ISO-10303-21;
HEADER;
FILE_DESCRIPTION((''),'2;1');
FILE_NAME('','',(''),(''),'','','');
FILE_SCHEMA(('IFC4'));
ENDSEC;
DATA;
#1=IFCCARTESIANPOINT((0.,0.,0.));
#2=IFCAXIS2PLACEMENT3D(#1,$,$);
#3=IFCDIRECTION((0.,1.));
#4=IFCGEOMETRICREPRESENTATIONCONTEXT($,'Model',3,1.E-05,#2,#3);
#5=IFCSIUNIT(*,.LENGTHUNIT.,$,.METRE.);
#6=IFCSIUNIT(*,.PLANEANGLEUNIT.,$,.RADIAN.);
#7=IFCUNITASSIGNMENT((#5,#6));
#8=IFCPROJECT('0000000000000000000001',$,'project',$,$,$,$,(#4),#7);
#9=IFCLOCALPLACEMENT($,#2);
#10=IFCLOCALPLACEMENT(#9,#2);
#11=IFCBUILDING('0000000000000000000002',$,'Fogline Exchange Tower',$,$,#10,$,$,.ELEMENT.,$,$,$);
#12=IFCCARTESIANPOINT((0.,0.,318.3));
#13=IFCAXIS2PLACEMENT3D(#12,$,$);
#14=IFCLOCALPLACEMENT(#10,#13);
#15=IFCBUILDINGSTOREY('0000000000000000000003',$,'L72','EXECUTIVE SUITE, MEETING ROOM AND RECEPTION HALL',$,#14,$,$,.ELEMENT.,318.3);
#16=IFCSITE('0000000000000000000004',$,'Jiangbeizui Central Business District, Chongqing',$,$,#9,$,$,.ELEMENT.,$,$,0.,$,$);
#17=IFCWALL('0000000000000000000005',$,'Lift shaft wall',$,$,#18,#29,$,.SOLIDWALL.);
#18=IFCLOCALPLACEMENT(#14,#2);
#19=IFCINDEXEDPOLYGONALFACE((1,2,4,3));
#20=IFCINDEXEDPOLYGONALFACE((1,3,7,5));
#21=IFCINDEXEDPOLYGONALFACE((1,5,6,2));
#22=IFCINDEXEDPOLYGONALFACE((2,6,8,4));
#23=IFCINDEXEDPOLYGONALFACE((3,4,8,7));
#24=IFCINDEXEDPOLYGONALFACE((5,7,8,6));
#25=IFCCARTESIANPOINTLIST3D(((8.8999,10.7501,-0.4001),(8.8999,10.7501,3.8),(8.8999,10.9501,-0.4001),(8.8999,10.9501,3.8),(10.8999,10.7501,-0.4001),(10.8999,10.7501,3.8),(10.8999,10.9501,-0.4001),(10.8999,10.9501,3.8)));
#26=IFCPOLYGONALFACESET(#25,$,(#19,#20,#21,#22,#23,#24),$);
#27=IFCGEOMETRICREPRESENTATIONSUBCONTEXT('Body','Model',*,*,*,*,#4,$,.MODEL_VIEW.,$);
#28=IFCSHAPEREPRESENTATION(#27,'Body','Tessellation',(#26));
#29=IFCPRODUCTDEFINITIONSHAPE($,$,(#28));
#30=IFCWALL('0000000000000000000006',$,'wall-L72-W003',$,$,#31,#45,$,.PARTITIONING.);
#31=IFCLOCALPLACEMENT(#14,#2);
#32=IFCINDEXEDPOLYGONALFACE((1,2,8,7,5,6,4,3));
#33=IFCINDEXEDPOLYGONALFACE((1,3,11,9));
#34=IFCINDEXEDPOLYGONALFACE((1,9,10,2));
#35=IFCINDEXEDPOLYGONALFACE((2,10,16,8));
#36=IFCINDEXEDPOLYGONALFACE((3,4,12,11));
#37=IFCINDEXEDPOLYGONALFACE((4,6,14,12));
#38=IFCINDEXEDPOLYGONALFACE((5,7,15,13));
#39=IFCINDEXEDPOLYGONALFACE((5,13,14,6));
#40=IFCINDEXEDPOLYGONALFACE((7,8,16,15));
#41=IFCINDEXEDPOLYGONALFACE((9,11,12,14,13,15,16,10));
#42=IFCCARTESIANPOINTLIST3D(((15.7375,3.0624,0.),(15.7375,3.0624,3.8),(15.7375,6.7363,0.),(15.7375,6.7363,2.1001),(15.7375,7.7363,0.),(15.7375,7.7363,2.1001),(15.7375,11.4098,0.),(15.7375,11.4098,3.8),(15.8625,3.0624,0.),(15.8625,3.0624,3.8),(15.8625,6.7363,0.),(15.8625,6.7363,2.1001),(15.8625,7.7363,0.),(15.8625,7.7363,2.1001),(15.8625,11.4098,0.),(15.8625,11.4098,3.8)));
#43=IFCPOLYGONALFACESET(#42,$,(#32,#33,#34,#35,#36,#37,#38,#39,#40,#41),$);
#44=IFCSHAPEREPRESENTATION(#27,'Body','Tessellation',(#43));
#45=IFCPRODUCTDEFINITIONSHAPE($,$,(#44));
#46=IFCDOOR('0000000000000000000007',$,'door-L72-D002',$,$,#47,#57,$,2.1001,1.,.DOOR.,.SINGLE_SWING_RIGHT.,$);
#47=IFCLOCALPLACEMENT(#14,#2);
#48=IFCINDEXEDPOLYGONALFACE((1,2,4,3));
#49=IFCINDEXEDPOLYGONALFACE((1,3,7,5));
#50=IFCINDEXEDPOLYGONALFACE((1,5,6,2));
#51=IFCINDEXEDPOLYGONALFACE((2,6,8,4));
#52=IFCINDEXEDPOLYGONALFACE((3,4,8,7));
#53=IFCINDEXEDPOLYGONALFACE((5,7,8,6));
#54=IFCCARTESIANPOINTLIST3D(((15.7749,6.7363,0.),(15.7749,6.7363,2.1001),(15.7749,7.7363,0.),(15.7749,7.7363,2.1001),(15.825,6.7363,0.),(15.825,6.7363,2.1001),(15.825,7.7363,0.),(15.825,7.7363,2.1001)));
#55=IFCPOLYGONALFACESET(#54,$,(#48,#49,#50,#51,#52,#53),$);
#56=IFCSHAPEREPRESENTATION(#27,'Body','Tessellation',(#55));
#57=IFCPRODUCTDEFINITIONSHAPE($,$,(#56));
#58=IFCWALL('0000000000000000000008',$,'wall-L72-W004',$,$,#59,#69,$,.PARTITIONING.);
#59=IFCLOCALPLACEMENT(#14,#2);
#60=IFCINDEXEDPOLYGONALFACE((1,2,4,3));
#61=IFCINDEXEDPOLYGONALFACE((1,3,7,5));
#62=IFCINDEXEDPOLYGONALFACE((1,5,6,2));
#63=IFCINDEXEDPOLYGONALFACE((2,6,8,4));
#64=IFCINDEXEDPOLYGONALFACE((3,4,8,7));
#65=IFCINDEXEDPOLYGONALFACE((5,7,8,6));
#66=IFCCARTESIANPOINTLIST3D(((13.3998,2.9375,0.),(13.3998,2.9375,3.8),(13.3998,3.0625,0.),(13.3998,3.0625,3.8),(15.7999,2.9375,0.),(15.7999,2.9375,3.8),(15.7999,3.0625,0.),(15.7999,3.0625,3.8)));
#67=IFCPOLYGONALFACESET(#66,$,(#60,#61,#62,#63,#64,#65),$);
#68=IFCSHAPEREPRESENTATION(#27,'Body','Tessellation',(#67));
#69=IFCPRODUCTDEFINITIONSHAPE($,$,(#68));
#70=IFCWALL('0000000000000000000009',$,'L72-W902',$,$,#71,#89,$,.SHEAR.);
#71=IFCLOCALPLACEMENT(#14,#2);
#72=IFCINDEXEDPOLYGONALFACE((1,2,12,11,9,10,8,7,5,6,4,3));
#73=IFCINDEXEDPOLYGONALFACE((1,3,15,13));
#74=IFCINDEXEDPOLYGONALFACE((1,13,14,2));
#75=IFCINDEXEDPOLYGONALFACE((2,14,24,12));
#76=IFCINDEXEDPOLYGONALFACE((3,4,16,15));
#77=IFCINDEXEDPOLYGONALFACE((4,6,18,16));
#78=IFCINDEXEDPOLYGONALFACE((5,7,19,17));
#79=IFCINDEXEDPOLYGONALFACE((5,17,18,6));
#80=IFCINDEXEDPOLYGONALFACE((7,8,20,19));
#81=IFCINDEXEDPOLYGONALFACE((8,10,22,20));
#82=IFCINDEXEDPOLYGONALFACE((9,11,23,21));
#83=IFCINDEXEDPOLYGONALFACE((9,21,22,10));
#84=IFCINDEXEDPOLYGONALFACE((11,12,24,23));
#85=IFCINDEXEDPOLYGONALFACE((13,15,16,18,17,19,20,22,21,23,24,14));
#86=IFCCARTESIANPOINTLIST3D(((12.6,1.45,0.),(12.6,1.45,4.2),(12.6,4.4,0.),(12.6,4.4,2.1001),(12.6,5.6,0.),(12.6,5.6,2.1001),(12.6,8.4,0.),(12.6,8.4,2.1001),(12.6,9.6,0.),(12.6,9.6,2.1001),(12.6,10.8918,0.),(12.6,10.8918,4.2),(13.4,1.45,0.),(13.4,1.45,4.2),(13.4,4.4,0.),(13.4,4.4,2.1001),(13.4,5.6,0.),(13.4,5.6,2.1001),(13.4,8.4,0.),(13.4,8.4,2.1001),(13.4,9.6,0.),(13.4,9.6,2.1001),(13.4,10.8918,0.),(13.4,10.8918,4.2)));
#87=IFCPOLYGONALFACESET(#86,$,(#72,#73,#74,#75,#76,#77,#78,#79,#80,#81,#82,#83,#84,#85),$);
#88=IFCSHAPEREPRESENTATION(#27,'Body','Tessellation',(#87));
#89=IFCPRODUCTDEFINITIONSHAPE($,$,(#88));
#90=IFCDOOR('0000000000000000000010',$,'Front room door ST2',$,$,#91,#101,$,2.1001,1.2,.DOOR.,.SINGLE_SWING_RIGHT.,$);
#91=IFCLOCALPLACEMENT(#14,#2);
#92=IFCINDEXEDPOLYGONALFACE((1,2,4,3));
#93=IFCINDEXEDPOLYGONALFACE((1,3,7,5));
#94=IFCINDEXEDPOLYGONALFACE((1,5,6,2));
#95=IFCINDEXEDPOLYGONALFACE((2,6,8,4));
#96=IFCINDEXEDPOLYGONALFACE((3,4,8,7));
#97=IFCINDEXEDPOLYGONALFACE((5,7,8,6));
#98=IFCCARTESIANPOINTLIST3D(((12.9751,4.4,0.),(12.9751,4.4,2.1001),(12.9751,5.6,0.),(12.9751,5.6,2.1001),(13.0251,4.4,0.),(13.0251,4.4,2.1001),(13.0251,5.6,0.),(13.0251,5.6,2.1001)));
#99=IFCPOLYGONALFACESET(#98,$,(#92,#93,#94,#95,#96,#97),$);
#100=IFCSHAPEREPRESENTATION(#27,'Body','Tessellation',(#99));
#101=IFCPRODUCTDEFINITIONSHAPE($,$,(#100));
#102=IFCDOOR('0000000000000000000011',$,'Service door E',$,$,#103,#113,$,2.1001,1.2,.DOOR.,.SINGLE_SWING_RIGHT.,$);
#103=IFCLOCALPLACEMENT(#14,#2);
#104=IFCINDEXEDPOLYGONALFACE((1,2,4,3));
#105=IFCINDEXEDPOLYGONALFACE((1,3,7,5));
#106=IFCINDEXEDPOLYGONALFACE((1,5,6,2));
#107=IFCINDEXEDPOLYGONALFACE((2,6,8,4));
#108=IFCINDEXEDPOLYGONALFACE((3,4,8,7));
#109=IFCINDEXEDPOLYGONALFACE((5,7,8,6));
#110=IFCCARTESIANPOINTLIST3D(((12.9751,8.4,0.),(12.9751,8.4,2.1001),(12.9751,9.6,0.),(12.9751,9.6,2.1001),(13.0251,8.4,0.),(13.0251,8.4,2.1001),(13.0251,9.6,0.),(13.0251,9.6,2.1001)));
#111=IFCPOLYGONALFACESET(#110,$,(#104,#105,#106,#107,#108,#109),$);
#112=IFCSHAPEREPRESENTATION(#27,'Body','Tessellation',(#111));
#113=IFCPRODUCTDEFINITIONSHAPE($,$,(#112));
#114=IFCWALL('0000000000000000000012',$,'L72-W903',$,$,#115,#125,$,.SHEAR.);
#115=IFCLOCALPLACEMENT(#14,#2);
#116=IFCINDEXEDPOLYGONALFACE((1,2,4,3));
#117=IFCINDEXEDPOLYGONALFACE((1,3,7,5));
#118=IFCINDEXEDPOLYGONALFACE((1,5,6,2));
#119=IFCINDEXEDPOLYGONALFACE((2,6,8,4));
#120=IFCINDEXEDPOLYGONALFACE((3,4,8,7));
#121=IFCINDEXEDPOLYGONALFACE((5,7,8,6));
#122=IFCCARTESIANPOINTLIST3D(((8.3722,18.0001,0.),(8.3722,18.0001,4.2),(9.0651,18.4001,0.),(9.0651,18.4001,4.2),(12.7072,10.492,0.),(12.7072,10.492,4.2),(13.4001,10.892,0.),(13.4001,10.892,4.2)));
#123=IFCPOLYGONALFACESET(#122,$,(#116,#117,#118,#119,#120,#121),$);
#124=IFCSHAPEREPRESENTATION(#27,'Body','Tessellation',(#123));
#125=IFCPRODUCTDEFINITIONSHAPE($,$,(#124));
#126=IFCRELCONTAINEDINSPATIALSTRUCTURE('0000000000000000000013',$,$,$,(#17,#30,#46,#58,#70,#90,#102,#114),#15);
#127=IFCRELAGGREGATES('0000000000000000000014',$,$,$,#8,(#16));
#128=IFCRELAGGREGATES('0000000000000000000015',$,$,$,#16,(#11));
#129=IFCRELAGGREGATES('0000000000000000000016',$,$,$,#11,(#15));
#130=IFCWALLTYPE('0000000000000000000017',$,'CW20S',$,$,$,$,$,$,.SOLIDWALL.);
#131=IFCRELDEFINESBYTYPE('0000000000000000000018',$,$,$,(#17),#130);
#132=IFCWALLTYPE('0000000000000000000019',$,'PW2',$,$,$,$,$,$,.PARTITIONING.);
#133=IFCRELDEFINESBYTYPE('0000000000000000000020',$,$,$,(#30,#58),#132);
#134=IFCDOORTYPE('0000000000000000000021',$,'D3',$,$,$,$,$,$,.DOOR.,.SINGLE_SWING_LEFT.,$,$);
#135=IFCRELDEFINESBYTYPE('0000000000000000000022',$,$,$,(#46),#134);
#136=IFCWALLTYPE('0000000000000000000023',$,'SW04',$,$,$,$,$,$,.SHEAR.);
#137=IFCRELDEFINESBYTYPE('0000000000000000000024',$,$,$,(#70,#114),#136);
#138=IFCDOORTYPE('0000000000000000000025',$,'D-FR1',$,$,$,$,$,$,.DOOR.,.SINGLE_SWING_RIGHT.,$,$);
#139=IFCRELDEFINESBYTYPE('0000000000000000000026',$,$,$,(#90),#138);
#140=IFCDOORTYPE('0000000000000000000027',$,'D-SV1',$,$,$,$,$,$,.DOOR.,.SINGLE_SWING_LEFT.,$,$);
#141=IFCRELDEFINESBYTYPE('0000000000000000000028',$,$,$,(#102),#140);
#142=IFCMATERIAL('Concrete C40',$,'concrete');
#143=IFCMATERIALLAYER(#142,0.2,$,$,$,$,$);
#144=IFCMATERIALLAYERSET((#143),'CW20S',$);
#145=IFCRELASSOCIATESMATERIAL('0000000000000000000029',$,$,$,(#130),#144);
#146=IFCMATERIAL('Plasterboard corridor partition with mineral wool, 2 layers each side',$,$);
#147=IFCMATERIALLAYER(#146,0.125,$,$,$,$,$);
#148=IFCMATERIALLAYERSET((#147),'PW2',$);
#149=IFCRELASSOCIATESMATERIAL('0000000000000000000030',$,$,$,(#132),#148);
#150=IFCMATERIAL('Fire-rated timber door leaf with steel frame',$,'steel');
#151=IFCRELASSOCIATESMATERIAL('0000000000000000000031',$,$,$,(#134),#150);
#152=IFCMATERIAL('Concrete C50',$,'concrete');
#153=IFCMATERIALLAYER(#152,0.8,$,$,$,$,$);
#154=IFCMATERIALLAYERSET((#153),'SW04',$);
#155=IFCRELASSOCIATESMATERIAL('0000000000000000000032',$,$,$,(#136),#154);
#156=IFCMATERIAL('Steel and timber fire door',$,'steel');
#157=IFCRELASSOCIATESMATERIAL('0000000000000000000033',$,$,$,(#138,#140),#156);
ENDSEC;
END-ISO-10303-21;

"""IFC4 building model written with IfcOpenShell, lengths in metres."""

from ifc_helpers import new_model, si_unit, direction, frame, frame_2d, origin, place, context, subcontext, project, spatial, rectangle, extrude, material, layer, layer_set, type_object, element, fill, save


model = new_model("IFC4")

# Units and contexts
model_context = context("Model", 3, precision=1e-05, world=origin(), true_north=direction((0.0, 1.0)))
body_context = subcontext(model_context, "Body", "Model", "MODEL_VIEW")
ifc_project = project(units=[si_unit("LENGTHUNIT", "METRE"), si_unit("PLANEANGLEUNIT", "RADIAN")], contexts=[model_context])

# Site, building, storey
site_placement = place(None, origin())
site = spatial("IfcSite", under=ifc_project, at=site_placement, Name="Jiangbeizui Central Business District, Chongqing", CompositionType="ELEMENT", RefElevation=0.0)
building_placement = place(site_placement, origin())
building = spatial("IfcBuilding", under=site, at=building_placement, Name="Fogline Exchange Tower", CompositionType="ELEMENT")
storey_placement = place(building_placement, frame((0.0, 0.0, 318.3)))
storey = spatial("IfcBuildingStorey", under=building, at=storey_placement, Name="L72", Description="EXECUTIVE SUITE, MEETING ROOM AND RECEPTION HALL", CompositionType="ELEMENT", Elevation=318.3)

# Shared definitions
ifc_material_1 = material(Name="Concrete C40", Category="concrete")

# Shared definitions
ifc_material_2 = material(Name="Steel and timber fire door", Category="steel")

# Shared definitions
ifc_layer_1 = layer(ifc_material_1, 0.2)
ifc_layer_set_1 = layer_set([ifc_layer_1], Name="CW20S")
wall_type_1 = type_object("IfcWallType", Name="CW20S", PredefinedType="SOLIDWALL", material=ifc_layer_set_1)

# Wall
for number, where, z_axis, x_axis, name in (
    (1, (8.8999, 10.8501, -0.4001), (0.0, 0.0, 1.0), (1.0, 0.0, 0.0), "Lift shaft wall"),
):
    element("IfcWall", number, at=place(storey_placement, frame(where, z_axis=z_axis, x_axis=x_axis)), inside=storey, type_object=wall_type_1, Name=name, PredefinedType="SOLIDWALL", context=body_context, shape_type="SweptSolid", body=[
        extrude(rectangle(XDim=2.0, YDim=0.2, at=frame_2d((1.0, 0.0))), origin(), (0.0, 0.0, 1.0), 4.2002),
    ])

# Wall, opening, door
ifc_material_3 = material(Name="Plasterboard corridor partition with mineral wool, 2 layers each side")
ifc_layer_2 = layer(ifc_material_3, 0.125)
ifc_layer_set_2 = layer_set([ifc_layer_2], Name="PW2")
wall_type_2 = type_object("IfcWallType", Name="PW2", PredefinedType="PARTITIONING", material=ifc_layer_set_2)
wall_1_placement = place(storey_placement, frame((15.8, 11.4099, 0.0), z_axis=(0.0, 0.0, 1.0), x_axis=(0.0, -1.0, 0.0)))
wall_1 = element("IfcWall", 2, at=wall_1_placement, inside=storey, type_object=wall_type_2, Name="wall-L72-W003", PredefinedType="PARTITIONING", context=body_context, shape_type="SweptSolid", body=[
    extrude(rectangle(XDim=8.3474, YDim=0.125, at=frame_2d((4.1738, 0.0))), origin(), (0.0, 0.0, 1.0), 3.8),
])
opening_1_placement = place(wall_1_placement, frame((3.6736, 0.0, 0.0)))
opening_1 = element("IfcOpeningElement", 3, at=opening_1_placement, cuts=wall_1, PredefinedType="OPENING", context=body_context, shape_type="SweptSolid", body=[
    extrude(rectangle(XDim=1.0, YDim=2.1001, at=frame_2d((0.5, 1.05))), frame((0.0, 0.0725, 0.0), z_axis=(0.0, -1.0, 0.0), x_axis=(1.0, 0.0, 0.0)), (0.0, 0.0, 1.0), 0.145),
])
ifc_material_4 = material(Name="Fire-rated timber door leaf with steel frame", Category="steel")
door_type_1 = type_object("IfcDoorType", Name="D3", OperationType="SINGLE_SWING_LEFT", PredefinedType="DOOR", material=ifc_material_4)
door_1_placement = place(opening_1_placement, origin())
door_1 = element("IfcDoor", 4, at=door_1_placement, inside=storey, type_object=door_type_1, Name="door-L72-D002", OperationType="SINGLE_SWING_RIGHT", OverallHeight=2.1001, OverallWidth=1.0, PredefinedType="DOOR", context=body_context, shape_type="SweptSolid", body=[
    extrude(rectangle(XDim=1.0, YDim=2.1001, at=frame_2d((0.5, 1.05))), frame((0.0, 0.0249, 0.0), z_axis=(0.0, -1.0, 0.0), x_axis=(1.0, 0.0, 0.0)), (0.0, 0.0, 1.0), 0.05),
])
fill(opening_1, door_1)

# Wall
wall_2_placement = place(storey_placement, frame((15.8, 3.0, 0.0), z_axis=(0.0, 0.0, 1.0), x_axis=(-1.0, 0.0, 0.0)))
element("IfcWall", 5, at=wall_2_placement, inside=storey, type_object=wall_type_2, Name="wall-L72-W004", PredefinedType="PARTITIONING", context=body_context, shape_type="SweptSolid", body=[
    extrude(rectangle(XDim=2.4001, YDim=0.125, at=frame_2d((1.2002, 0.0))), origin(), (0.0, 0.0, 1.0), 3.8),
])

# Wall, openings, doors
ifc_material_5 = material(Name="Concrete C50", Category="concrete")
ifc_layer_3 = layer(ifc_material_5, 0.8)
ifc_layer_set_3 = layer_set([ifc_layer_3], Name="SW04")
wall_type_3 = type_object("IfcWallType", Name="SW04", PredefinedType="SHEAR", material=ifc_layer_set_3)
wall_3_placement = place(storey_placement, frame((13.0, 1.45, 0.0), z_axis=(0.0, 0.0, 1.0), x_axis=(0.0, 1.0, 0.0)))
wall_3 = element("IfcWall", 6, at=wall_3_placement, inside=storey, type_object=wall_type_3, Name="L72-W902", PredefinedType="SHEAR", context=body_context, shape_type="SweptSolid", body=[
    extrude(rectangle(XDim=9.4419, YDim=0.8, at=frame_2d((4.7209, 0.0))), origin(), (0.0, 0.0, 1.0), 4.2),
])
opening_2_placement = place(wall_3_placement, frame((2.95, 0.0, 0.0)))
opening_2 = element("IfcOpeningElement", 7, at=opening_2_placement, cuts=wall_3, PredefinedType="OPENING", context=body_context, shape_type="SweptSolid", body=[
    extrude(rectangle(XDim=1.2, YDim=2.1001, at=frame_2d((0.6001, 1.05))), frame((0.0, 0.4102, 0.0), z_axis=(0.0, -1.0, 0.0), x_axis=(1.0, 0.0, 0.0)), (0.0, 0.0, 1.0), 0.8201),
])
opening_3_placement = place(wall_3_placement, frame((6.95, 0.0, 0.0)))
opening_3 = element("IfcOpeningElement", 8, at=opening_3_placement, cuts=wall_3, PredefinedType="OPENING", context=body_context, shape_type="SweptSolid", body=[
    extrude(rectangle(XDim=1.2, YDim=2.1001, at=frame_2d((0.6001, 1.05))), frame((0.0, 0.4102, 0.0), z_axis=(0.0, -1.0, 0.0), x_axis=(1.0, 0.0, 0.0)), (0.0, 0.0, 1.0), 0.8201),
])
door_type_2 = type_object("IfcDoorType", Name="D-FR1", OperationType="SINGLE_SWING_RIGHT", PredefinedType="DOOR", material=ifc_material_2)
door_2_placement = place(opening_2_placement, origin())
door_2 = element("IfcDoor", 9, at=door_2_placement, inside=storey, type_object=door_type_2, Name="Front room door ST2", OperationType="SINGLE_SWING_RIGHT", OverallHeight=2.1001, OverallWidth=1.2, PredefinedType="DOOR", context=body_context, shape_type="SweptSolid", body=[
    extrude(rectangle(XDim=1.2, YDim=2.1001, at=frame_2d((0.6001, 1.05))), frame((0.0, 0.0249, 0.0), z_axis=(0.0, -1.0, 0.0), x_axis=(1.0, 0.0, 0.0)), (0.0, 0.0, 1.0), 0.05),
])
fill(opening_2, door_2)
door_type_3 = type_object("IfcDoorType", Name="D-SV1", OperationType="SINGLE_SWING_LEFT", PredefinedType="DOOR", material=ifc_material_2)
door_3_placement = place(opening_3_placement, origin())
door_3 = element("IfcDoor", 10, at=door_3_placement, inside=storey, type_object=door_type_3, Name="Service door E", OperationType="SINGLE_SWING_RIGHT", OverallHeight=2.1001, OverallWidth=1.2, PredefinedType="DOOR", context=body_context, shape_type="SweptSolid", body=[
    extrude(rectangle(XDim=1.2, YDim=2.1001, at=frame_2d((0.6001, 1.05))), frame((0.0, 0.0249, 0.0), z_axis=(0.0, -1.0, 0.0), x_axis=(1.0, 0.0, 0.0)), (0.0, 0.0, 1.0), 0.05),
])
fill(opening_3, door_3)

# Wall
wall_4_placement = place(storey_placement, frame((13.0537, 10.6919, 0.0), z_axis=(0.0, 0.0, 1.0), x_axis=(-0.500016, 0.866016, 0.0)))
element("IfcWall", 11, at=wall_4_placement, inside=storey, type_object=wall_type_3, Name="L72-W903", PredefinedType="SHEAR", context=body_context, shape_type="SweptSolid", body=[
    extrude(rectangle(XDim=8.6697, YDim=0.8, at=frame_2d((4.335, 0.0))), origin(), (0.0, 0.0, 1.0), 4.2),
])

save(model, "model.ifc")
